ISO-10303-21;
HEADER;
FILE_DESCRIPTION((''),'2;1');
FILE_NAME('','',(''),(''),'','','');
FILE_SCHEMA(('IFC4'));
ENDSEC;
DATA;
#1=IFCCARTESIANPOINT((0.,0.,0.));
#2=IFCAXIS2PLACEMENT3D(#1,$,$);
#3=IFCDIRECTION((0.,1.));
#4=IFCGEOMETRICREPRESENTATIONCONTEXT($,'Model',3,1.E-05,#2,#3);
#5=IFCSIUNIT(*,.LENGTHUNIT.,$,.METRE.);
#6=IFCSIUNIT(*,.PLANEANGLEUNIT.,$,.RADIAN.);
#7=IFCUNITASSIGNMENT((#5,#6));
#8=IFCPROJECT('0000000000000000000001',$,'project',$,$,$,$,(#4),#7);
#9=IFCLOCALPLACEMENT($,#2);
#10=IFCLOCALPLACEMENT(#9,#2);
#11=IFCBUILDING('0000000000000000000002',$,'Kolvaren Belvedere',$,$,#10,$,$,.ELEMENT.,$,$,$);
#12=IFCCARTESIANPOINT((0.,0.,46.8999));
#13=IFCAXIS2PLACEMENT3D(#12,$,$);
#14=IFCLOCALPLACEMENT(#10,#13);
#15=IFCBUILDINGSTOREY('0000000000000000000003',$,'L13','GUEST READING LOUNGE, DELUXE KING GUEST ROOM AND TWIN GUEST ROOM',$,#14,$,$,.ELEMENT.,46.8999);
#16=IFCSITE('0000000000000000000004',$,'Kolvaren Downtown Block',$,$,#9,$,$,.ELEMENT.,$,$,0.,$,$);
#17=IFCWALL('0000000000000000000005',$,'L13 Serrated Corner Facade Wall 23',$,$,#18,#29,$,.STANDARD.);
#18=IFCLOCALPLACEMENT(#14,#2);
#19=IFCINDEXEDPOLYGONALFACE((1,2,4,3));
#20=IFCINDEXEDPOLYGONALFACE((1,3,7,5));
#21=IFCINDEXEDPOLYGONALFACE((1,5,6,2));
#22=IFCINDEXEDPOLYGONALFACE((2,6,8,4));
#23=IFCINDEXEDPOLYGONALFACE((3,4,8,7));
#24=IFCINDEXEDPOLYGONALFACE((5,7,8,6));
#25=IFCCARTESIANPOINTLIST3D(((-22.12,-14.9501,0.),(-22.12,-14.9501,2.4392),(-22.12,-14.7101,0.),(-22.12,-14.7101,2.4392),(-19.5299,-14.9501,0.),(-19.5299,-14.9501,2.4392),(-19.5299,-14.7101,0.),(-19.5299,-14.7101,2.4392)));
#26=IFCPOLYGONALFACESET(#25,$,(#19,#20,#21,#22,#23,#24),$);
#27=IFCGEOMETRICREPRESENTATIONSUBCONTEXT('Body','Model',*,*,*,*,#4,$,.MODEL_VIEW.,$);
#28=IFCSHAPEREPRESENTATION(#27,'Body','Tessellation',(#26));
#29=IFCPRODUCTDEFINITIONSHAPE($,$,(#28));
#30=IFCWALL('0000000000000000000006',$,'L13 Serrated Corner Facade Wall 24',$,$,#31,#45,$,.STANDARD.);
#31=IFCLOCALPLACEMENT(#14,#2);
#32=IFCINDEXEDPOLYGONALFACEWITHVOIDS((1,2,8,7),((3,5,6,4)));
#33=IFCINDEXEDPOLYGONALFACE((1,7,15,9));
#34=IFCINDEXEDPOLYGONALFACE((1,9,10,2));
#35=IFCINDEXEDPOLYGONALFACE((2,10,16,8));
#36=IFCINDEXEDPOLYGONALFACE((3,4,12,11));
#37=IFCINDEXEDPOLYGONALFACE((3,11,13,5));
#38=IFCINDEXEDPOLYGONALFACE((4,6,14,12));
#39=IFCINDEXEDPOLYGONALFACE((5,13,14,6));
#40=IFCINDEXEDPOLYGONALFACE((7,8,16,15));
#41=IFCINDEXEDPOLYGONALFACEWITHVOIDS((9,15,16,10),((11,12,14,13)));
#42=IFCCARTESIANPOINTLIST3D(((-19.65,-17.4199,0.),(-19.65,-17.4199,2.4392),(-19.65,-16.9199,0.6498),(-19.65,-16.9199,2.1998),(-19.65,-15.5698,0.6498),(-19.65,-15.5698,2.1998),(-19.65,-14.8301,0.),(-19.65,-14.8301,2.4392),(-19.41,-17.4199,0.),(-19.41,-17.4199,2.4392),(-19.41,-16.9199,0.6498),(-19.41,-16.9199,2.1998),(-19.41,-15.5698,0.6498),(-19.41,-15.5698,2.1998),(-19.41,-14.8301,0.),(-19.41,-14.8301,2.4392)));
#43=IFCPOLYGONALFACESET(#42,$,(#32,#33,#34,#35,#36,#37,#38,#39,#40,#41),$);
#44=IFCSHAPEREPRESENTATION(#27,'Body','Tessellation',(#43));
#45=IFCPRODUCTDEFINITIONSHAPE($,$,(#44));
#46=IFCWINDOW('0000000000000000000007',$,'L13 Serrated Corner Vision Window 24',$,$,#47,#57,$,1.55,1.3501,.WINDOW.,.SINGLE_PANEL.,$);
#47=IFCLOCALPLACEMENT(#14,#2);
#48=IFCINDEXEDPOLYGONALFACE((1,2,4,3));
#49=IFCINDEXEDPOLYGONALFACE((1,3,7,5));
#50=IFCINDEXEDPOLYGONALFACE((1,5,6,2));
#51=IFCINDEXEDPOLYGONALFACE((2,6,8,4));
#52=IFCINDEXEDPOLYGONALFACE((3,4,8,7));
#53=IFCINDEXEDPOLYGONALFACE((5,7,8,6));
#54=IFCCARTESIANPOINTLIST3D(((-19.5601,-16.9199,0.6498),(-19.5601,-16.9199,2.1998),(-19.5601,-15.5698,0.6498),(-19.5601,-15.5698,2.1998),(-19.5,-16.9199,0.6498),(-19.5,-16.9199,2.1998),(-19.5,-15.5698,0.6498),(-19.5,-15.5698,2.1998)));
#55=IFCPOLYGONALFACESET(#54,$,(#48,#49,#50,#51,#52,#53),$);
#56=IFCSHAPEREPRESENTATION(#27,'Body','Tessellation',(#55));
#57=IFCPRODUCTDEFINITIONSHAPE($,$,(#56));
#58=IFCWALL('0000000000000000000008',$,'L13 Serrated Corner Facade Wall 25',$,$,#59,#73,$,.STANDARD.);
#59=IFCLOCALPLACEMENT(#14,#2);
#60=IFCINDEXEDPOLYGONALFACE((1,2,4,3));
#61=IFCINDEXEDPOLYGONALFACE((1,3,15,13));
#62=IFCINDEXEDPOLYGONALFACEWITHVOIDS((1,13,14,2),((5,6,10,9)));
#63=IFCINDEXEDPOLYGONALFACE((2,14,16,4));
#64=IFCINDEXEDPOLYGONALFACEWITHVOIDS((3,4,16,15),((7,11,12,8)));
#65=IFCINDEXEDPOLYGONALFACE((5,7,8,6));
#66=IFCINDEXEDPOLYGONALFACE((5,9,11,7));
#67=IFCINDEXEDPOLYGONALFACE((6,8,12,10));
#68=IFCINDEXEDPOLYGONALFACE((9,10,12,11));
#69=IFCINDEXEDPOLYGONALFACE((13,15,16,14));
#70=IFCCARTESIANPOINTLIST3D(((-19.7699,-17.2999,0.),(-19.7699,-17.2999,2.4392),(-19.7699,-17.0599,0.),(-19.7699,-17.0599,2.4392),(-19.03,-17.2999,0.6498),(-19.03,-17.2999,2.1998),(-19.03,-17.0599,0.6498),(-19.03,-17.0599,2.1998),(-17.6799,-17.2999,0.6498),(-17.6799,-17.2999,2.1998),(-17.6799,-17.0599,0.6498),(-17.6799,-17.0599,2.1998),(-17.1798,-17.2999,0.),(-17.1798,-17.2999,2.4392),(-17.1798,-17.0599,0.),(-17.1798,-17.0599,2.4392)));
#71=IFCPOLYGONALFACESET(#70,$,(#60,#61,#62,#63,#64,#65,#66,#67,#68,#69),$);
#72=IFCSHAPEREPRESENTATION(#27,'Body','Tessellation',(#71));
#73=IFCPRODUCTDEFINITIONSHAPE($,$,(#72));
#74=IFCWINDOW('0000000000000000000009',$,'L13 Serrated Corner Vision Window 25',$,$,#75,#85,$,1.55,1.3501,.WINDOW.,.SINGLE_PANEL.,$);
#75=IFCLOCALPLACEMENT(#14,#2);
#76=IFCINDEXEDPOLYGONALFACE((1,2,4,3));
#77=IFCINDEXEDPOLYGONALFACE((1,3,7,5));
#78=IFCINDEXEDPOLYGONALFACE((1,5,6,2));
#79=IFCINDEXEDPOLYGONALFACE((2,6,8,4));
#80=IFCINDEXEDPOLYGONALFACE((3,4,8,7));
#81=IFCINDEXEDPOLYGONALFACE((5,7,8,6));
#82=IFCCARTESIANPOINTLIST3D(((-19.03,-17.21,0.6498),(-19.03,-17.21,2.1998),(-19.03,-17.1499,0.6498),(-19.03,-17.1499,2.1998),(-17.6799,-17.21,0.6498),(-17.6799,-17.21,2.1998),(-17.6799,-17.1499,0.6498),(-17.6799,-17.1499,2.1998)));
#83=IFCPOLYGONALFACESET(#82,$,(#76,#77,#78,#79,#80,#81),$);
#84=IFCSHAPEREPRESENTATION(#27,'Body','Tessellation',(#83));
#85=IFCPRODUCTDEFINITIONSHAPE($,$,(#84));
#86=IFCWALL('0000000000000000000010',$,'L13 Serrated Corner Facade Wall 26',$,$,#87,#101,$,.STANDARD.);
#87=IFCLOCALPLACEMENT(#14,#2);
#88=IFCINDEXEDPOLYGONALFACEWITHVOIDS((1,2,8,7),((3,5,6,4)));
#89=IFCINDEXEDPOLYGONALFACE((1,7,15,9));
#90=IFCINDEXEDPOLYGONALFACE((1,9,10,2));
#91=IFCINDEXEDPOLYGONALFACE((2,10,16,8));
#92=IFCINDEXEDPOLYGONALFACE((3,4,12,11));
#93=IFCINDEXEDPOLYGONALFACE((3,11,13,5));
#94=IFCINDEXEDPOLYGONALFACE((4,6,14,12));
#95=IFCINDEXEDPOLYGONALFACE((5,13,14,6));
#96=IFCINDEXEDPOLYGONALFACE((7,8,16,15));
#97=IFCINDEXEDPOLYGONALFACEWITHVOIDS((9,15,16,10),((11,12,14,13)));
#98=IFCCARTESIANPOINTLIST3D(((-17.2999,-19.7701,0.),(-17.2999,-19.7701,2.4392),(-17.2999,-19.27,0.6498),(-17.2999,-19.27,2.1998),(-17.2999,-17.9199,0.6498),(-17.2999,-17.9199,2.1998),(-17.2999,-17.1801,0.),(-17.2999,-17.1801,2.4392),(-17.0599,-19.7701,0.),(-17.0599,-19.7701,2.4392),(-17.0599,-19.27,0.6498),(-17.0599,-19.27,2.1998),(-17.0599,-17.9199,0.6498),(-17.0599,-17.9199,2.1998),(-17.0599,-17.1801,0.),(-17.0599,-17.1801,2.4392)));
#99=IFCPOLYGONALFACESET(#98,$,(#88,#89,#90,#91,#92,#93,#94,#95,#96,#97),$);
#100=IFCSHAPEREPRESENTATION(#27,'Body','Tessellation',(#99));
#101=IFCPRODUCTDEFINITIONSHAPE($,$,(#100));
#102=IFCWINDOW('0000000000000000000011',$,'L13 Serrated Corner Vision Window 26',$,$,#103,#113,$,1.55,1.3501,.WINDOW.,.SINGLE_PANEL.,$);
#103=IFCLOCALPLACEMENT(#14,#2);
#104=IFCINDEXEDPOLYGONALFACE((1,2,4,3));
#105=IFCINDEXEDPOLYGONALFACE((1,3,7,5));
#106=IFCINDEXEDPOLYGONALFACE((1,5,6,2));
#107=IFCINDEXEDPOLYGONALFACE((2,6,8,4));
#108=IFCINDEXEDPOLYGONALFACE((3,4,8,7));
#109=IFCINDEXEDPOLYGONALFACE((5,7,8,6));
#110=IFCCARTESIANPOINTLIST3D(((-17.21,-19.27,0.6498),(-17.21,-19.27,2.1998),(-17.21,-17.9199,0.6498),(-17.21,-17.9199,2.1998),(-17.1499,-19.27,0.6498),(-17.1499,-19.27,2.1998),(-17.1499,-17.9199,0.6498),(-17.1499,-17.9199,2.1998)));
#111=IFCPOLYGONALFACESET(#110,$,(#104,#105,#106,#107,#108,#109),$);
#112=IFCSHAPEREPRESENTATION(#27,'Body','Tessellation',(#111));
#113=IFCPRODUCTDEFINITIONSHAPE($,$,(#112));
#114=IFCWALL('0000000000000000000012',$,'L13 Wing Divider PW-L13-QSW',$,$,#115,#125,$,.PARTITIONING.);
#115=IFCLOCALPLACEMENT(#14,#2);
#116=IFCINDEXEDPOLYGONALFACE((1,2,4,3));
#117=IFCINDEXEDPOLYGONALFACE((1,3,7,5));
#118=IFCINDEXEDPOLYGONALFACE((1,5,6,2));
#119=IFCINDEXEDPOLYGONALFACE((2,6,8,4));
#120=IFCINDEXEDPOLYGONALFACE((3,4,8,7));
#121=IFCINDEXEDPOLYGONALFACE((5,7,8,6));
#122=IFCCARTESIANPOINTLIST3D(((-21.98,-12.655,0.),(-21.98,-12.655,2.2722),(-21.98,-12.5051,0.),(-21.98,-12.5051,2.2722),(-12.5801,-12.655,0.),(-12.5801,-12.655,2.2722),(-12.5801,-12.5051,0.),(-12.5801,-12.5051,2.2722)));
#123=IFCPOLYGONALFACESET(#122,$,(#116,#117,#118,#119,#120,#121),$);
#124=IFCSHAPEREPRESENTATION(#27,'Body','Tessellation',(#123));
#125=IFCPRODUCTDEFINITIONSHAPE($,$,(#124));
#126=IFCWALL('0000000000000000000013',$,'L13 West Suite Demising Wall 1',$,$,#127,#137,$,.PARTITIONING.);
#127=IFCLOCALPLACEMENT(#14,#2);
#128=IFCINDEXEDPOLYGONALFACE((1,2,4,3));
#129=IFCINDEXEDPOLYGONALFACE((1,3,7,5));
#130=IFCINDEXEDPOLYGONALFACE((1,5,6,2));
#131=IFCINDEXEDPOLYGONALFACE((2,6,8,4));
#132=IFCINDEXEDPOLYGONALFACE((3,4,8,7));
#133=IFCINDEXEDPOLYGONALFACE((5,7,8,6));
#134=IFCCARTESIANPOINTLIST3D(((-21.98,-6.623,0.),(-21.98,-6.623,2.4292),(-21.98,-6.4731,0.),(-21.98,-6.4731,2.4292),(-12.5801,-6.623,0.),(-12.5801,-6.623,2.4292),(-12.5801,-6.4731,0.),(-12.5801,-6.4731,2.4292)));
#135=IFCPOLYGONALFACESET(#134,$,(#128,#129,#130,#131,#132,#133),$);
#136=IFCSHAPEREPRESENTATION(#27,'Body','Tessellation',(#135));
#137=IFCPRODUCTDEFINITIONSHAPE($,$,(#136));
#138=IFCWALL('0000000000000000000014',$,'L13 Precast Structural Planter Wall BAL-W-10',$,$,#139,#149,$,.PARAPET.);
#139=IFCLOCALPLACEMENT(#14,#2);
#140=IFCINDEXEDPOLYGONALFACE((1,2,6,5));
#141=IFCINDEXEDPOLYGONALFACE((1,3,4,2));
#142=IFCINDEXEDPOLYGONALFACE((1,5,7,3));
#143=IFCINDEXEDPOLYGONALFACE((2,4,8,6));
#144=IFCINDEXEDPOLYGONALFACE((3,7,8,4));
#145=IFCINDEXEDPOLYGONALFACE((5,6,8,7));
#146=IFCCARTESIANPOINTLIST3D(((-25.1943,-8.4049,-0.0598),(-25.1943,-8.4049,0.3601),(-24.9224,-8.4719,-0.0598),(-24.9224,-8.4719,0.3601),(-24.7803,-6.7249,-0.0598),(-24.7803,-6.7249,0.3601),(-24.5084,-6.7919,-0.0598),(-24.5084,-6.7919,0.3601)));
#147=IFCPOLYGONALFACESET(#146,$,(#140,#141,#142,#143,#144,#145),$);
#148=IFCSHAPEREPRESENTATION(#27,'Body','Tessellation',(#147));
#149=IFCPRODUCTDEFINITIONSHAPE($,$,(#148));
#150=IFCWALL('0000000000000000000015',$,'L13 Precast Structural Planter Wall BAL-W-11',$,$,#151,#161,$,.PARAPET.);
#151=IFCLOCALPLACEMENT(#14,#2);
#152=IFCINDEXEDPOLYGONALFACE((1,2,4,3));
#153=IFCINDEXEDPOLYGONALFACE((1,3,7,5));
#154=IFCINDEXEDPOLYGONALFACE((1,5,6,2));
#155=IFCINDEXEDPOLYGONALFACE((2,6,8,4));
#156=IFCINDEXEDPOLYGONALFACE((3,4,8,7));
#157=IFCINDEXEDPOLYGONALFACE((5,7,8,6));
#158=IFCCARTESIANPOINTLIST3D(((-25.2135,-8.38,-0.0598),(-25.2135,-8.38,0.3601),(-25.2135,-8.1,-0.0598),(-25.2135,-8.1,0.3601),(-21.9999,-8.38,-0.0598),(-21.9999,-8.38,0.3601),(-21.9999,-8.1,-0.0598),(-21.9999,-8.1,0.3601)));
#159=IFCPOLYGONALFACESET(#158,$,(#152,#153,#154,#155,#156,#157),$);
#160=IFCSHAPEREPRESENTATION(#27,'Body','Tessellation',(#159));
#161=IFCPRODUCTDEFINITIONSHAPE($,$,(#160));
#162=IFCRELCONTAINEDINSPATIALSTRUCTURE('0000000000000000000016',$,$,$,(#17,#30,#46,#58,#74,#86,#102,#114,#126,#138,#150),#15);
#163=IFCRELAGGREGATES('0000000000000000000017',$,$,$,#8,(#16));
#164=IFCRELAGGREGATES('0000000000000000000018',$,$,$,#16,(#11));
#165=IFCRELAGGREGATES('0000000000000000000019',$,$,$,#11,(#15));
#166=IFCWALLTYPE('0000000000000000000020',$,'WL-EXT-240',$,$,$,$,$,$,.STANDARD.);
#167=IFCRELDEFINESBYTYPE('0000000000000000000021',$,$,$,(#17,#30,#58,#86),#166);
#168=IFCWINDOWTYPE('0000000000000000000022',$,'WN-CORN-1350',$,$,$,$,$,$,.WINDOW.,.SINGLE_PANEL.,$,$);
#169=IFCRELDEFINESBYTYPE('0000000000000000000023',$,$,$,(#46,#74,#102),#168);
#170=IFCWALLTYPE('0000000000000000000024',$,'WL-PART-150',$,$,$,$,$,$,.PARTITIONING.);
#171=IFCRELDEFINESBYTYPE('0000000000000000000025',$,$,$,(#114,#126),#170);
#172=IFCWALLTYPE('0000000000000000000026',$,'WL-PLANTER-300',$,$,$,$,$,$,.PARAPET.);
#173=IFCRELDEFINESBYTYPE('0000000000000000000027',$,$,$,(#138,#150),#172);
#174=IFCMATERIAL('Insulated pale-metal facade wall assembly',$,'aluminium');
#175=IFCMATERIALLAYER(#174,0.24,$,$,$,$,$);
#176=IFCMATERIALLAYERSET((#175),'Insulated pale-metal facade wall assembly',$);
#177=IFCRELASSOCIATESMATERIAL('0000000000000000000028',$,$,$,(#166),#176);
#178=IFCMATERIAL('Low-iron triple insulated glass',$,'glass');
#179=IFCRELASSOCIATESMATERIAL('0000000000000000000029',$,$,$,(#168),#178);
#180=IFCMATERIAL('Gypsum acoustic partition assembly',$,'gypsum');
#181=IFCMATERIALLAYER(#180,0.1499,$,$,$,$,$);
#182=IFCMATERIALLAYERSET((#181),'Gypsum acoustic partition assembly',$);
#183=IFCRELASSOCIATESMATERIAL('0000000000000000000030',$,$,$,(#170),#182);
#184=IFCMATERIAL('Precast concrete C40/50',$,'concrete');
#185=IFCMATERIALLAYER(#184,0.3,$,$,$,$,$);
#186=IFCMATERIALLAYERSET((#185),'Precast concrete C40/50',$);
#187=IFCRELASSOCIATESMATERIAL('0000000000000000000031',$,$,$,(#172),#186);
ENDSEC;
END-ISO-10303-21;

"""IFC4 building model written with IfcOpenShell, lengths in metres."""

from ifc_helpers import new_model, si_unit, direction, frame, frame_2d, origin, place, context, subcontext, project, spatial, rectangle, extrude, material, layer, layer_set, type_object, element, fill, save


model = new_model("IFC4")

# Units and contexts
model_context = context("Model", 3, precision=1e-05, world=origin(), true_north=direction((0.0, 1.0)))
body_context = subcontext(model_context, "Body", "Model", "MODEL_VIEW")
ifc_project = project(units=[si_unit("LENGTHUNIT", "METRE"), si_unit("PLANEANGLEUNIT", "RADIAN")], contexts=[model_context])

# Site, building, storey
site_placement = place(None, origin())
site = spatial("IfcSite", under=ifc_project, at=site_placement, Name="Kolvaren Downtown Block", CompositionType="ELEMENT", RefElevation=0.0)
building_placement = place(site_placement, origin())
building = spatial("IfcBuilding", under=site, at=building_placement, Name="Kolvaren Belvedere", CompositionType="ELEMENT")
storey_placement = place(building_placement, frame((0.0, 0.0, 46.8999)))
storey = spatial("IfcBuildingStorey", under=building, at=storey_placement, Name="L13", Description="GUEST READING LOUNGE, DELUXE KING GUEST ROOM AND TWIN GUEST ROOM", CompositionType="ELEMENT", Elevation=46.8999)

# Wall
ifc_material_1 = material(Name="Insulated pale-metal facade wall assembly", Category="aluminium")
ifc_layer_1 = layer(ifc_material_1, 0.24)
ifc_layer_set_1 = layer_set([ifc_layer_1], Name="Insulated pale-metal facade wall assembly")
wall_type_1 = type_object("IfcWallType", Name="WL-EXT-240", PredefinedType="STANDARD", material=ifc_layer_set_1)
wall_1_placement = place(storey_placement, frame((-19.53, -14.8301, 0.0), z_axis=(0.0, 0.0, 1.0), x_axis=(-1.0, 0.0, 0.0)))
element("IfcWall", 1, at=wall_1_placement, inside=storey, type_object=wall_type_1, Name="L13 Serrated Corner Facade Wall 23", PredefinedType="STANDARD", context=body_context, shape_type="SweptSolid", body=[
    extrude(rectangle(XDim=2.5901, YDim=0.24, at=frame_2d((1.2949, 0.0))), origin(), (0.0, 0.0, 1.0), 2.4392),
])

# Walls, openings, windows
wall_2_placement = place(storey_placement, frame((-19.53, -17.4199, 0.0), z_axis=(0.0, 0.0, 1.0), x_axis=(0.0, 1.0, 0.0)))
wall_2 = element("IfcWall", 2, at=wall_2_placement, inside=storey, type_object=wall_type_1, Name="L13 Serrated Corner Facade Wall 24", PredefinedType="STANDARD", context=body_context, shape_type="SweptSolid", body=[
    extrude(rectangle(XDim=2.5898, YDim=0.24, at=frame_2d((1.2949, 0.0))), origin(), (0.0, 0.0, 1.0), 2.4392),
])
opening_1_placement = place(wall_2_placement, frame((0.5, 0.0, 0.6499)))
opening_1 = element("IfcOpeningElement", 3, at=opening_1_placement, cuts=wall_2, PredefinedType="OPENING", context=body_context, shape_type="SweptSolid", body=[
    extrude(rectangle(XDim=1.3501, YDim=1.55, at=frame_2d((0.675, 0.7749))), frame((0.0, 0.1299, 0.0), z_axis=(0.0, -1.0, 0.0), x_axis=(1.0, 0.0, 0.0)), (0.0, 0.0, 1.0), 0.26),
])
ifc_material_2 = material(Name="Low-iron triple insulated glass", Category="glass")
window_type = type_object("IfcWindowType", Name="WN-CORN-1350", PartitioningType="SINGLE_PANEL", PredefinedType="WINDOW", material=ifc_material_2)
window_1_placement = place(opening_1_placement, origin())
window_1 = element("IfcWindow", 4, at=window_1_placement, inside=storey, type_object=window_type, Name="L13 Serrated Corner Vision Window 24", OverallHeight=1.55, OverallWidth=1.3501, PartitioningType="SINGLE_PANEL", PredefinedType="WINDOW", context=body_context, shape_type="SweptSolid", body=[
    extrude(rectangle(XDim=1.3501, YDim=1.55, at=frame_2d((0.675, 0.7749))), frame((0.0, 0.03, 0.0), z_axis=(0.0, -1.0, 0.0), x_axis=(1.0, 0.0, 0.0)), (0.0, 0.0, 1.0), 0.0601),
])
fill(opening_1, window_1)
wall_3_placement = place(storey_placement, frame((-17.1799, -17.1799, 0.0), z_axis=(0.0, 0.0, 1.0), x_axis=(-1.0, 0.0, 0.0)))
wall_3 = element("IfcWall", 5, at=wall_3_placement, inside=storey, type_object=wall_type_1, Name="L13 Serrated Corner Facade Wall 25", PredefinedType="STANDARD", context=body_context, shape_type="SweptSolid", body=[
    extrude(rectangle(XDim=2.5901, YDim=0.24, at=frame_2d((1.2949, 0.0))), origin(), (0.0, 0.0, 1.0), 2.4392),
])
opening_2_placement = place(wall_3_placement, frame((0.5, 0.0, 0.6499)))
opening_2 = element("IfcOpeningElement", 6, at=opening_2_placement, cuts=wall_3, PredefinedType="OPENING", context=body_context, shape_type="SweptSolid", body=[
    extrude(rectangle(XDim=1.3501, YDim=1.55, at=frame_2d((0.675, 0.7749))), frame((0.0, 0.1299, 0.0), z_axis=(0.0, -1.0, 0.0), x_axis=(1.0, 0.0, 0.0)), (0.0, 0.0, 1.0), 0.26),
])
window_2_placement = place(opening_2_placement, origin())
window_2 = element("IfcWindow", 7, at=window_2_placement, inside=storey, type_object=window_type, Name="L13 Serrated Corner Vision Window 25", OverallHeight=1.55, OverallWidth=1.3501, PartitioningType="SINGLE_PANEL", PredefinedType="WINDOW", context=body_context, shape_type="SweptSolid", body=[
    extrude(rectangle(XDim=1.3501, YDim=1.55, at=frame_2d((0.675, 0.7749))), frame((0.0, 0.03, 0.0), z_axis=(0.0, -1.0, 0.0), x_axis=(1.0, 0.0, 0.0)), (0.0, 0.0, 1.0), 0.0601),
])
fill(opening_2, window_2)
wall_4_placement = place(storey_placement, frame((-17.1799, -19.77, 0.0), z_axis=(0.0, 0.0, 1.0), x_axis=(0.0, 1.0, 0.0)))
wall_4 = element("IfcWall", 8, at=wall_4_placement, inside=storey, type_object=wall_type_1, Name="L13 Serrated Corner Facade Wall 26", PredefinedType="STANDARD", context=body_context, shape_type="SweptSolid", body=[
    extrude(rectangle(XDim=2.5901, YDim=0.24, at=frame_2d((1.2949, 0.0))), origin(), (0.0, 0.0, 1.0), 2.4392),
])
opening_3_placement = place(wall_4_placement, frame((0.5, 0.0, 0.6499)))
opening_3 = element("IfcOpeningElement", 9, at=opening_3_placement, cuts=wall_4, PredefinedType="OPENING", context=body_context, shape_type="SweptSolid", body=[
    extrude(rectangle(XDim=1.3501, YDim=1.55, at=frame_2d((0.675, 0.7749))), frame((0.0, 0.1299, 0.0), z_axis=(0.0, -1.0, 0.0), x_axis=(1.0, 0.0, 0.0)), (0.0, 0.0, 1.0), 0.26),
])
window_3_placement = place(opening_3_placement, origin())
window_3 = element("IfcWindow", 10, at=window_3_placement, inside=storey, type_object=window_type, Name="L13 Serrated Corner Vision Window 26", OverallHeight=1.55, OverallWidth=1.3501, PartitioningType="SINGLE_PANEL", PredefinedType="WINDOW", context=body_context, shape_type="SweptSolid", body=[
    extrude(rectangle(XDim=1.3501, YDim=1.55, at=frame_2d((0.675, 0.7749))), frame((0.0, 0.03, 0.0), z_axis=(0.0, -1.0, 0.0), x_axis=(1.0, 0.0, 0.0)), (0.0, 0.0, 1.0), 0.0601),
])
fill(opening_3, window_3)

# Walls
ifc_material_3 = material(Name="Gypsum acoustic partition assembly", Category="gypsum")
ifc_layer_2 = layer(ifc_material_3, 0.1499)
ifc_layer_set_2 = layer_set([ifc_layer_2], Name="Gypsum acoustic partition assembly")
wall_type_2 = type_object("IfcWallType", Name="WL-PART-150", PredefinedType="PARTITIONING", material=ifc_layer_set_2)
wall_5_placement = place(storey_placement, frame((-21.98, -12.5801, 0.0), z_axis=(0.0, 0.0, 1.0), x_axis=(1.0, 0.0, 0.0)))
element("IfcWall", 11, at=wall_5_placement, inside=storey, type_object=wall_type_2, Name="L13 Wing Divider PW-L13-QSW", PredefinedType="PARTITIONING", context=body_context, shape_type="SweptSolid", body=[
    extrude(rectangle(XDim=9.3999, YDim=0.1499, at=frame_2d((4.7, 0.0))), origin(), (0.0, 0.0, 1.0), 2.2722),
])
wall_6_placement = place(storey_placement, frame((-21.98, -6.5481, 0.0), z_axis=(0.0, 0.0, 1.0), x_axis=(1.0, 0.0, 0.0)))
element("IfcWall", 12, at=wall_6_placement, inside=storey, type_object=wall_type_2, Name="L13 West Suite Demising Wall 1", PredefinedType="PARTITIONING", context=body_context, shape_type="SweptSolid", body=[
    extrude(rectangle(XDim=9.3999, YDim=0.1499, at=frame_2d((4.7, 0.0))), origin(), (0.0, 0.0, 1.0), 2.4292),
])
ifc_material_4 = material(Name="Precast concrete C40/50", Category="concrete")
ifc_layer_3 = layer(ifc_material_4, 0.3)
ifc_layer_set_3 = layer_set([ifc_layer_3], Name="Precast concrete C40/50")
wall_type_3 = type_object("IfcWallType", Name="WL-PLANTER-300", PredefinedType="PARAPET", material=ifc_layer_set_3)
wall_7_placement = place(storey_placement, frame((-24.6443, -6.7583, -0.0598), z_axis=(0.0, 0.0, 1.0), x_axis=(-0.239314, -0.970942, 0.0)))
element("IfcWall", 13, at=wall_7_placement, inside=storey, type_object=wall_type_3, Name="L13 Precast Structural Planter Wall BAL-W-10", PredefinedType="PARAPET", context=body_context, shape_type="SweptSolid", body=[
    extrude(rectangle(XDim=1.7302, YDim=0.28, at=frame_2d((0.8652, 0.0))), origin(), (0.0, 0.0, 1.0), 0.4199),
])
wall_8_placement = place(storey_placement, frame((-25.2136, -8.24, -0.0598), z_axis=(0.0, 0.0, 1.0), x_axis=(1.0, 0.0, 0.0)))
element("IfcWall", 14, at=wall_8_placement, inside=storey, type_object=wall_type_3, Name="L13 Precast Structural Planter Wall BAL-W-11", PredefinedType="PARAPET", context=body_context, shape_type="SweptSolid", body=[
    extrude(rectangle(XDim=3.2136, YDim=0.28, at=frame_2d((1.6069, 0.0))), origin(), (0.0, 0.0, 1.0), 0.4199),
])

save(model, "model.ifc")
